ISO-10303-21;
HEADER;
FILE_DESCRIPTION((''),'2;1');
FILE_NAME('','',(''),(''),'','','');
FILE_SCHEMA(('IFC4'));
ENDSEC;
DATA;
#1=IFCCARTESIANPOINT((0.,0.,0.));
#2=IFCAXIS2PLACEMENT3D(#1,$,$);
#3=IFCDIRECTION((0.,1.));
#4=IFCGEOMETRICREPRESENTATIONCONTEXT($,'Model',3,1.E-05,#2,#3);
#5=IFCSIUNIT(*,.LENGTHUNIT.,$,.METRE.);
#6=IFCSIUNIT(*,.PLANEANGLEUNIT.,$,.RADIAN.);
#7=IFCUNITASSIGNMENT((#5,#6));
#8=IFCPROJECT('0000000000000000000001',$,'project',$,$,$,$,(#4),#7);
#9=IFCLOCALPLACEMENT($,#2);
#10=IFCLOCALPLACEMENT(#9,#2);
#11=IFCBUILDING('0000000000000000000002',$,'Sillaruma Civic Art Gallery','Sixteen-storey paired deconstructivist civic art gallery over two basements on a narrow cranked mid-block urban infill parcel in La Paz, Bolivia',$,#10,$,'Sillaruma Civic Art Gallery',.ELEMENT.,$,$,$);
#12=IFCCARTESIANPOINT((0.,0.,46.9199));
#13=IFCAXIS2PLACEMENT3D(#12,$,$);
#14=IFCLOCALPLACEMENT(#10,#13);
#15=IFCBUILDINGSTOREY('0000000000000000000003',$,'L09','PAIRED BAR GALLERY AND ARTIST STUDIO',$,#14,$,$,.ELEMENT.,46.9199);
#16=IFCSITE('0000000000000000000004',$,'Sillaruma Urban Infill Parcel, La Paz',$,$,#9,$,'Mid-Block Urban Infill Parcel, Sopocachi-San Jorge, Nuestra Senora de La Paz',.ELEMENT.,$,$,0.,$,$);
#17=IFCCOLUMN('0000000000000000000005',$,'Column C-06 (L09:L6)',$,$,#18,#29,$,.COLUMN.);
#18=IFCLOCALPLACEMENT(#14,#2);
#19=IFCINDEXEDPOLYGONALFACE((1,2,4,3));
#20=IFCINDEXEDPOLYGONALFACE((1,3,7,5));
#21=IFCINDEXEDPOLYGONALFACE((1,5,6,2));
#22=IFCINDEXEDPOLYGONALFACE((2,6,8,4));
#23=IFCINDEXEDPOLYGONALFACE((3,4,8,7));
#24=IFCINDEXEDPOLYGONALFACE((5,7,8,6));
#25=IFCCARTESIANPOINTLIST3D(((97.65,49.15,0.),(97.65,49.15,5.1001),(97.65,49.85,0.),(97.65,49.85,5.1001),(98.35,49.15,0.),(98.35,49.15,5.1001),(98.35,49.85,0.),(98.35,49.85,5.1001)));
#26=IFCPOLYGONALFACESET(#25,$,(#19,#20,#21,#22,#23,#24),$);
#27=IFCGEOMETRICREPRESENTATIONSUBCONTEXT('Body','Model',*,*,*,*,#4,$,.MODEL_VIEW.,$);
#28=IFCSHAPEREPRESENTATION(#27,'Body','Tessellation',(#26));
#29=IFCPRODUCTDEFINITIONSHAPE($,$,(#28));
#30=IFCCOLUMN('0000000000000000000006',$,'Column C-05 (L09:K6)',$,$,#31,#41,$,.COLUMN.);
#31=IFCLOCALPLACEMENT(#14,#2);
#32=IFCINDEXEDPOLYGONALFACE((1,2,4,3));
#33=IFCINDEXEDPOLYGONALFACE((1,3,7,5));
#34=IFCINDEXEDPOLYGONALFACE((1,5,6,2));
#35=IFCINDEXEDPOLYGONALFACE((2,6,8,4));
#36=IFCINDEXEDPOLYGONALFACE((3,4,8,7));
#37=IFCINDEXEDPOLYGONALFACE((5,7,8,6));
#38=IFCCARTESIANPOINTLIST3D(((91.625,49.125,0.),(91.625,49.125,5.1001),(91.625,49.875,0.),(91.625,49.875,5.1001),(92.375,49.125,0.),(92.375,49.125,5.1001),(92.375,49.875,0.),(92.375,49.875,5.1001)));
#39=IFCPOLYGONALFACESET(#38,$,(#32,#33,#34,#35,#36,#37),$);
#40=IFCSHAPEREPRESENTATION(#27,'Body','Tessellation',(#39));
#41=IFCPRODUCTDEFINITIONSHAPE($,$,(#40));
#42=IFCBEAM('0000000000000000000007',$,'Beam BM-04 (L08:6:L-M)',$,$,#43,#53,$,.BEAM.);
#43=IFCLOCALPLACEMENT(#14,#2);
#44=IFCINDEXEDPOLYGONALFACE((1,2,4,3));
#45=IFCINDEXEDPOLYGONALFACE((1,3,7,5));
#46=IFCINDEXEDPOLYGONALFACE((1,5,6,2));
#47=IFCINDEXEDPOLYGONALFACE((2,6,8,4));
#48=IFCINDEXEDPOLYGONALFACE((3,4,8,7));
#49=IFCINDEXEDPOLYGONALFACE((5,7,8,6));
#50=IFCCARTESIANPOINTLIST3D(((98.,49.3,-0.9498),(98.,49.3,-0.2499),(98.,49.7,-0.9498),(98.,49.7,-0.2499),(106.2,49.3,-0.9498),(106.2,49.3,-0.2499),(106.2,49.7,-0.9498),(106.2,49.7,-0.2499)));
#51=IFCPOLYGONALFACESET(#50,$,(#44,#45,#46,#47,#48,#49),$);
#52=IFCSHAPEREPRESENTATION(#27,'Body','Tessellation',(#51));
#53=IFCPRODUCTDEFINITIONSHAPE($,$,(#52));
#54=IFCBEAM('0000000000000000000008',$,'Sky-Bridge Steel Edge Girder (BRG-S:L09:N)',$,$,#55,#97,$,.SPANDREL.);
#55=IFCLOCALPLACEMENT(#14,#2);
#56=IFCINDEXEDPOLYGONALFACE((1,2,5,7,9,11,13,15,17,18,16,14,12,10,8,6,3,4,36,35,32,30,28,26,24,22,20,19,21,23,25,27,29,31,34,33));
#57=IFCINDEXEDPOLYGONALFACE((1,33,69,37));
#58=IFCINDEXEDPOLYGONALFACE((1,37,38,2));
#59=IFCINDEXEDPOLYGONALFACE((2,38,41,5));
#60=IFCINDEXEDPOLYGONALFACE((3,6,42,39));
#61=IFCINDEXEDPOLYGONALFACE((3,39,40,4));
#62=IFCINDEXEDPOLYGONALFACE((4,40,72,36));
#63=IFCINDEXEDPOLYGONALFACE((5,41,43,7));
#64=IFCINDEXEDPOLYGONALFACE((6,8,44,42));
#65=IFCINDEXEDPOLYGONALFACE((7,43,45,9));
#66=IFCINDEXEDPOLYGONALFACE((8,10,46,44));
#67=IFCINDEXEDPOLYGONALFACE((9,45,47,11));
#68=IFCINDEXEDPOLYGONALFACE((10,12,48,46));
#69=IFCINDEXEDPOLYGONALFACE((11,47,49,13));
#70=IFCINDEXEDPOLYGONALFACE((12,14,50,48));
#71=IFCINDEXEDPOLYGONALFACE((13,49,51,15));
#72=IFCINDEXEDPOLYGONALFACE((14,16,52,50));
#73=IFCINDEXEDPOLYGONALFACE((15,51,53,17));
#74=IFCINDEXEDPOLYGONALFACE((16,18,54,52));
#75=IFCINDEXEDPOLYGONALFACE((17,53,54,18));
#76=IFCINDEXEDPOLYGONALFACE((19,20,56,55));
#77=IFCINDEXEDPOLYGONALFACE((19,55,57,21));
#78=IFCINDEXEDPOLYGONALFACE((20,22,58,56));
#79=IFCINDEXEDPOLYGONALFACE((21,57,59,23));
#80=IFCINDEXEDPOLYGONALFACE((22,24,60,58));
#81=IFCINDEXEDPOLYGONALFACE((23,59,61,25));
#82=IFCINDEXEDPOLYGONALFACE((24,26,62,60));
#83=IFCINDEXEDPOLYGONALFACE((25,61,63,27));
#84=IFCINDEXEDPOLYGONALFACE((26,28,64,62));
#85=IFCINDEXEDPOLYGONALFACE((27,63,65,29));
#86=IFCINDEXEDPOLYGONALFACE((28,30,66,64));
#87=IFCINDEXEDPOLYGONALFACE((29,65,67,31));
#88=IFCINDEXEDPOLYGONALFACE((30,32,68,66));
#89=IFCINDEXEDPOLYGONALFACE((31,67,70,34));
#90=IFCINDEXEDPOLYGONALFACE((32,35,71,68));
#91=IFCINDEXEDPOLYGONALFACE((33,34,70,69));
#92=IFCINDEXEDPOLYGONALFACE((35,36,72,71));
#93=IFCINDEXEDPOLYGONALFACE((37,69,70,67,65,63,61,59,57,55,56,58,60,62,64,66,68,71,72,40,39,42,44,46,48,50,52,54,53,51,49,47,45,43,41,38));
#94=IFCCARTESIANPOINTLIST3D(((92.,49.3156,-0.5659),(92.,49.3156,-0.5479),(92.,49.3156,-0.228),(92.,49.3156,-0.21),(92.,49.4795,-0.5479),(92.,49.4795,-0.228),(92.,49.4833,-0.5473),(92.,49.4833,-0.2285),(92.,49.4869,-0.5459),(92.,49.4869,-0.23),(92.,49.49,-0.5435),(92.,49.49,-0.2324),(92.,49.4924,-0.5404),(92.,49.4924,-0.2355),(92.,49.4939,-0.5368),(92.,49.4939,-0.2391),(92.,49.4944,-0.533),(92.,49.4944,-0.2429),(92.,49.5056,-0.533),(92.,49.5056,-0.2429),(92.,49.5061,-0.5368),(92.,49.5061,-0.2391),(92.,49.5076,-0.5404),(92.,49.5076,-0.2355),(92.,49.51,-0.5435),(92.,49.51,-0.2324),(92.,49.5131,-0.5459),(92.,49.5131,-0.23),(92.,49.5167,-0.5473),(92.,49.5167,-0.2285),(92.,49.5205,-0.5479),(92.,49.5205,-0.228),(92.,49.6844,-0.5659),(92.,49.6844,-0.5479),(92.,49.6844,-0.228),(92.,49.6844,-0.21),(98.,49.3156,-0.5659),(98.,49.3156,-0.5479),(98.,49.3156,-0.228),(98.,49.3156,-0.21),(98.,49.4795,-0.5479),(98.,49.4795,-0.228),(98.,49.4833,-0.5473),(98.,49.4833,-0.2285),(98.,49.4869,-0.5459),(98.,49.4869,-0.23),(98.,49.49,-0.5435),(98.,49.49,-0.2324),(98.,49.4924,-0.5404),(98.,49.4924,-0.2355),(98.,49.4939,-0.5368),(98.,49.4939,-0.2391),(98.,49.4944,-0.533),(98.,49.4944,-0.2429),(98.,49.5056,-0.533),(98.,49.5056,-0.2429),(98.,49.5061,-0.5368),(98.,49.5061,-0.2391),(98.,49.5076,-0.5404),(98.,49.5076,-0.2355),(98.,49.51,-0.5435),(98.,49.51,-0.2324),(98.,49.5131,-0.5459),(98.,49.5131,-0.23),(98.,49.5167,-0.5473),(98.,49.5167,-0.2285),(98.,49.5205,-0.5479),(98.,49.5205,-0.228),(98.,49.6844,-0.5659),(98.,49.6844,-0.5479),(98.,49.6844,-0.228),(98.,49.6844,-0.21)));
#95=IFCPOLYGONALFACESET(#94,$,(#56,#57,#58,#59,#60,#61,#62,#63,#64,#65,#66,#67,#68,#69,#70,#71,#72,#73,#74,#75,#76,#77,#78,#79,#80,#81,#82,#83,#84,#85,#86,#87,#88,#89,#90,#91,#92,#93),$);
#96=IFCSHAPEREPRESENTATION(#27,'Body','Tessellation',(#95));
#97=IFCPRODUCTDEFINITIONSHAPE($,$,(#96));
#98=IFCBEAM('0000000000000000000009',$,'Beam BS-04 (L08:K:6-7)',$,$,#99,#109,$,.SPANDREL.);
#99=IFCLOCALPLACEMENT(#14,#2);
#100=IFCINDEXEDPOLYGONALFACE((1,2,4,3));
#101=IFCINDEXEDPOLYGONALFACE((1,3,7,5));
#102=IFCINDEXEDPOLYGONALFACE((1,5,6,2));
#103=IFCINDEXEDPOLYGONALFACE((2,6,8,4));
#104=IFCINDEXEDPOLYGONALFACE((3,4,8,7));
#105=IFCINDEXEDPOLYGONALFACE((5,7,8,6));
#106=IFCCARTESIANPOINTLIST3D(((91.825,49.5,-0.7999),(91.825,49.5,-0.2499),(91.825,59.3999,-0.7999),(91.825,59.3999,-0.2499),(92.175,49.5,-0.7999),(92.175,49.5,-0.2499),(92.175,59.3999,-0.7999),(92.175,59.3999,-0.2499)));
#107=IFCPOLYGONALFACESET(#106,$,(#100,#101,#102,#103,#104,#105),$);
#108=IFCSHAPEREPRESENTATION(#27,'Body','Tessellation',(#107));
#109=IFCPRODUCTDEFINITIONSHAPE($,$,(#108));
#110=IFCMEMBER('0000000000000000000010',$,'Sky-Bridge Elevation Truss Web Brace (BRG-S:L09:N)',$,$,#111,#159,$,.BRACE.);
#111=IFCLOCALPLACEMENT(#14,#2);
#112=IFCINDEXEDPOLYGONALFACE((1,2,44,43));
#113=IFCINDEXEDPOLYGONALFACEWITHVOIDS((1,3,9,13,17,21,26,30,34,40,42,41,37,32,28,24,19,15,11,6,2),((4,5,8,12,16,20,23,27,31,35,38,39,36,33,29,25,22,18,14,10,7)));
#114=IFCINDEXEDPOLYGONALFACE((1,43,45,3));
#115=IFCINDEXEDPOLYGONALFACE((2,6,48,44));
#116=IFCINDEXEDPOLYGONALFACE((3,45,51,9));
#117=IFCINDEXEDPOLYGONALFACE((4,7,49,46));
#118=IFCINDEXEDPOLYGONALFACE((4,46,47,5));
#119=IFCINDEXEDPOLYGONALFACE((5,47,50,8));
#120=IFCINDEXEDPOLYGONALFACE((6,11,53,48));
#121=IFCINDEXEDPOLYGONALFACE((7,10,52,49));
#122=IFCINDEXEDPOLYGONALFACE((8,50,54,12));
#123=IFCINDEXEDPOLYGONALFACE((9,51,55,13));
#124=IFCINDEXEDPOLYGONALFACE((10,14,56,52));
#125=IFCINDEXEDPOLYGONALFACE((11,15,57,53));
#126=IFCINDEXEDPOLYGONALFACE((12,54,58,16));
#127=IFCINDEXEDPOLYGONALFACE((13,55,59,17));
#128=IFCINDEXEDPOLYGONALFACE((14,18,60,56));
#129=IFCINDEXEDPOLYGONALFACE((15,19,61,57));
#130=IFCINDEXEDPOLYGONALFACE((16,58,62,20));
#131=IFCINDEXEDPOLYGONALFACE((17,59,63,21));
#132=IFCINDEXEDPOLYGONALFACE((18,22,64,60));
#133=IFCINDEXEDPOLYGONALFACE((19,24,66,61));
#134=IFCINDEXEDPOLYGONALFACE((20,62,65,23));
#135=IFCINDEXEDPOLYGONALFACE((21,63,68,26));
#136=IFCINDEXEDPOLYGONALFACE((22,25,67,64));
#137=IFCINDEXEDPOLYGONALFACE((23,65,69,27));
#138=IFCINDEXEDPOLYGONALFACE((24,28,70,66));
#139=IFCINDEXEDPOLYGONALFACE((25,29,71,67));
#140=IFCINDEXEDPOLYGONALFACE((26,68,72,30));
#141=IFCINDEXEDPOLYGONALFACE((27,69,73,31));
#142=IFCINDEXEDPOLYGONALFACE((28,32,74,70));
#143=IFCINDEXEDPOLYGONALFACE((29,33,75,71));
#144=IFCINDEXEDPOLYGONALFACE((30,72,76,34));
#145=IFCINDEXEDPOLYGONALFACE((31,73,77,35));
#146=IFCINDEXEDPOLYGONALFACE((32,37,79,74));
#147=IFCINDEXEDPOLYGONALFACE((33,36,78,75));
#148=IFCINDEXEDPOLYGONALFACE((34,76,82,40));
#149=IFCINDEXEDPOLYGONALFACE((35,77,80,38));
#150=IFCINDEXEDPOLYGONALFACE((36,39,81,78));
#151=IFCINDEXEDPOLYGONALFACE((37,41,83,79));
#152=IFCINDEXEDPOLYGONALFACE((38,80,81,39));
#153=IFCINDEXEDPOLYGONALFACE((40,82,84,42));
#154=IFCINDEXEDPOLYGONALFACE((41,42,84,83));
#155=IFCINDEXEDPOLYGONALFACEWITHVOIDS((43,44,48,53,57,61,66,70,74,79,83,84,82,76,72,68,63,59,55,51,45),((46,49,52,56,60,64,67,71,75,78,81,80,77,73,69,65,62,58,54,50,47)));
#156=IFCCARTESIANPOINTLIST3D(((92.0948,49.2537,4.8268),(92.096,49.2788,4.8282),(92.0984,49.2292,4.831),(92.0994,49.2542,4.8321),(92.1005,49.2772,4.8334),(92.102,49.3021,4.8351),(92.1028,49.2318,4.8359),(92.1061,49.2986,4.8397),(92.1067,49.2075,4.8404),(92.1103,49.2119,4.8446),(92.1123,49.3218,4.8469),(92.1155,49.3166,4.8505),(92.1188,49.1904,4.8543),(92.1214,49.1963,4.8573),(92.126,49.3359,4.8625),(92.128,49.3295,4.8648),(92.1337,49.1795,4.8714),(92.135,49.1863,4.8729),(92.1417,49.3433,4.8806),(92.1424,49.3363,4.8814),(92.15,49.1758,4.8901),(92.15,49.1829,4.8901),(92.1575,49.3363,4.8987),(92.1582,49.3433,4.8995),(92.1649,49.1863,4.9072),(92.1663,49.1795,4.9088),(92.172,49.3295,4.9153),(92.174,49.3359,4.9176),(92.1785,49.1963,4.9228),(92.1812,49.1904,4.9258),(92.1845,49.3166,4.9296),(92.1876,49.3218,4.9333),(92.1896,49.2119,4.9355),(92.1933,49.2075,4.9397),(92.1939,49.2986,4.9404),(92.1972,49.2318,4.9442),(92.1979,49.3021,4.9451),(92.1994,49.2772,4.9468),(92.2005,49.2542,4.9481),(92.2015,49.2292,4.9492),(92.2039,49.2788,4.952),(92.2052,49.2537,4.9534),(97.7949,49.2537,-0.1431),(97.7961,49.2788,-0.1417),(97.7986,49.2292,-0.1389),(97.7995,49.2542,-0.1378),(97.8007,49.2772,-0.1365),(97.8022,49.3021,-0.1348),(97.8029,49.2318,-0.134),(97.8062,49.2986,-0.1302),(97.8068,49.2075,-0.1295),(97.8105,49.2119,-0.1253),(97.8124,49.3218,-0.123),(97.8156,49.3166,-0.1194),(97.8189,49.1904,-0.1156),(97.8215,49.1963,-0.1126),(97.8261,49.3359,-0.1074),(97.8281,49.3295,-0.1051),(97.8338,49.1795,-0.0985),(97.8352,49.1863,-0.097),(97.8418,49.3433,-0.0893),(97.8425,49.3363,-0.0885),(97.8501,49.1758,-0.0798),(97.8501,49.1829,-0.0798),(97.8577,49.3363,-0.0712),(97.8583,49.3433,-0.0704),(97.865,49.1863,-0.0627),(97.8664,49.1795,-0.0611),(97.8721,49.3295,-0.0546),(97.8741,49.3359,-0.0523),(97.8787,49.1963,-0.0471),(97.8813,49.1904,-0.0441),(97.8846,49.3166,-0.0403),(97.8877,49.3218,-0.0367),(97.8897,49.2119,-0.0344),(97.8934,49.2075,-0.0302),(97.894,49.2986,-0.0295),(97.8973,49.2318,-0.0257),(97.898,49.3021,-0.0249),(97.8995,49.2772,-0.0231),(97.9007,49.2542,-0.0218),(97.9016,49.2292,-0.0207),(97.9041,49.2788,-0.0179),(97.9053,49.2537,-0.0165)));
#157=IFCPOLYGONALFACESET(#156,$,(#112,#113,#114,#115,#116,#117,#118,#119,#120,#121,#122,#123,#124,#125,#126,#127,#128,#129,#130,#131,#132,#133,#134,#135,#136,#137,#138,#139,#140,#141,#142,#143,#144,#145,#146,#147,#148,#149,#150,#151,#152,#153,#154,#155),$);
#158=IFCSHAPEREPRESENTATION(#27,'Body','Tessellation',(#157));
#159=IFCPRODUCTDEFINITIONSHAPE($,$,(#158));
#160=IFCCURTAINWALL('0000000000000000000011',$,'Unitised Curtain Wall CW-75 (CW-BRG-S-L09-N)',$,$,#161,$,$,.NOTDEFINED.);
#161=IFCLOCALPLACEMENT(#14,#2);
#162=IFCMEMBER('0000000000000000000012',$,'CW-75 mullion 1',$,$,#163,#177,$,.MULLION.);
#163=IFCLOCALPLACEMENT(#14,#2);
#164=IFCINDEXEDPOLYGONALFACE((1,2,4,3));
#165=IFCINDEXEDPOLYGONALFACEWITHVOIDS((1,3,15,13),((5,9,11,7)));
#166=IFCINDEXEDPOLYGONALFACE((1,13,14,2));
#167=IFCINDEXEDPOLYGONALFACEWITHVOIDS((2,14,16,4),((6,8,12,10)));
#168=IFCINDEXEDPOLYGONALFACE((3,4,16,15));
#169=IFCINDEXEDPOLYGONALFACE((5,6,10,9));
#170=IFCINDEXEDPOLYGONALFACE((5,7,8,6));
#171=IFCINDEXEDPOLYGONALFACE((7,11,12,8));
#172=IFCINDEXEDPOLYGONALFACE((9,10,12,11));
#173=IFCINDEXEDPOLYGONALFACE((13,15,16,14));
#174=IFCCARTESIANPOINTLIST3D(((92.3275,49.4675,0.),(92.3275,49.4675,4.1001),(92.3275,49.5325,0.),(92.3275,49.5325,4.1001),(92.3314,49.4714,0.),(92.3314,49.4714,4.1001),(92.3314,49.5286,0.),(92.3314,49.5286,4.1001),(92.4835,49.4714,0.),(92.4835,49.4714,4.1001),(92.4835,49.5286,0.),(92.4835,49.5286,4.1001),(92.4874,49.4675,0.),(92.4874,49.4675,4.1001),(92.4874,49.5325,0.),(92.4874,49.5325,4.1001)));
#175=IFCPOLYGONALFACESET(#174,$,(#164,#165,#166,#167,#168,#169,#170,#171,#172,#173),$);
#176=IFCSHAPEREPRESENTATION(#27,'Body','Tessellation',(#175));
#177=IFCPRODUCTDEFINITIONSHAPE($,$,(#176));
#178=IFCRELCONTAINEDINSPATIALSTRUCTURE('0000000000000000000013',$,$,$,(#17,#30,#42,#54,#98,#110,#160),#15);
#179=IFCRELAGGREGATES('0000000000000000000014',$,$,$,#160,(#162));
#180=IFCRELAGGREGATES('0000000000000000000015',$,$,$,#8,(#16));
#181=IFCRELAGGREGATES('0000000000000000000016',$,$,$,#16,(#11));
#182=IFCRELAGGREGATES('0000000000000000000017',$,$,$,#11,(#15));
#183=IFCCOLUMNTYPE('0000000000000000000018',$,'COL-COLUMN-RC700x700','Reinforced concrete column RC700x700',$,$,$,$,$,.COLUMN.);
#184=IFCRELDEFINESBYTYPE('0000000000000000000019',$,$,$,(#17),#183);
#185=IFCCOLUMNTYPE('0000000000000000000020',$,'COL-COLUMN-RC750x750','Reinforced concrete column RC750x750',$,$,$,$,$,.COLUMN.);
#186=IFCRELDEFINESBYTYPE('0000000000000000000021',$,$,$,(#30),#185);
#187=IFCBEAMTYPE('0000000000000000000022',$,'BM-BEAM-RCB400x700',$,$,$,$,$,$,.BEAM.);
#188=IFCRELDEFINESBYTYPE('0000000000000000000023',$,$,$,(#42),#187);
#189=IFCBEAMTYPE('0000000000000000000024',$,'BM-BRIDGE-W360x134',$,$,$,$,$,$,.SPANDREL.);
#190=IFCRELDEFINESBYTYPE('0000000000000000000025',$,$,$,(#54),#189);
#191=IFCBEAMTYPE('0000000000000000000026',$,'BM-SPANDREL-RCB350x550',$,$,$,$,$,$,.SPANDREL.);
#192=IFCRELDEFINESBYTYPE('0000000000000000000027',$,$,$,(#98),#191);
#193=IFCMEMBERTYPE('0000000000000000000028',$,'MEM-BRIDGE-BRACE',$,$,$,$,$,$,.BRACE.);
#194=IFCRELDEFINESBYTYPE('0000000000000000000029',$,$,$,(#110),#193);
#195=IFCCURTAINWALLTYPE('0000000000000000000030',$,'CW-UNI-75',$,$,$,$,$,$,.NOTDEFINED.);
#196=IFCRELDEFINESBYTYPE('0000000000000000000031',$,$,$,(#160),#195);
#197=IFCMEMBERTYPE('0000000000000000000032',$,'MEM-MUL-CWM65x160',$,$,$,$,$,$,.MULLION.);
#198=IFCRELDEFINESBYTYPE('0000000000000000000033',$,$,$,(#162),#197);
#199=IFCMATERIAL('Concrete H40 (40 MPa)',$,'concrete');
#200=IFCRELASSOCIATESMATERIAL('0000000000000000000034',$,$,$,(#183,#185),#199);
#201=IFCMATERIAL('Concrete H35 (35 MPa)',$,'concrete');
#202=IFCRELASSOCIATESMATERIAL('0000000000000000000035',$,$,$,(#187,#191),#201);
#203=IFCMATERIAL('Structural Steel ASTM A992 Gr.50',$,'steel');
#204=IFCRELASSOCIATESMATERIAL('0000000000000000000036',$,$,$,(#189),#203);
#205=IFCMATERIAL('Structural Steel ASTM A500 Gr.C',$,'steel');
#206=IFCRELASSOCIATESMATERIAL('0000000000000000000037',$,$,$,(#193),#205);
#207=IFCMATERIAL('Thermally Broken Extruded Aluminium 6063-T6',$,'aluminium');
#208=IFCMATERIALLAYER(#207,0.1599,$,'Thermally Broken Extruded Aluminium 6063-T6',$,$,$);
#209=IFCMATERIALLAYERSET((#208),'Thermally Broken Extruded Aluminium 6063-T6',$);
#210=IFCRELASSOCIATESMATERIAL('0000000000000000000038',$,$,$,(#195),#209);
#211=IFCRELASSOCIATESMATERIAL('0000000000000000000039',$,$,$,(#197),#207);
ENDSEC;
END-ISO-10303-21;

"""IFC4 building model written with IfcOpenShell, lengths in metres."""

from ifc_helpers import new_model, si_unit, direction, frame, origin, origin_2d, place, context, subcontext, project, spatial, rectangle, hollow_rectangle, hollow_circle, i_section, extrude, material, layer, layer_set, material_profile, profile_set, type_object, element, aggregate, save


model = new_model("IFC4")

# Units and contexts
model_context = context("Model", 3, precision=1e-05, world=origin(), true_north=direction((0.0, 1.0)))
body_context = subcontext(model_context, "Body", "Model", "MODEL_VIEW")
ifc_project = project(units=[si_unit("LENGTHUNIT", "METRE"), si_unit("PLANEANGLEUNIT", "RADIAN")], contexts=[model_context])

# Site, building, storey
site_placement = place(None, origin())
site = spatial("IfcSite", under=ifc_project, at=site_placement, Name="Sillaruma Urban Infill Parcel, La Paz", LongName="Mid-Block Urban Infill Parcel, Sopocachi-San Jorge, Nuestra Senora de La Paz", CompositionType="ELEMENT", RefElevation=0.0)
building_placement = place(site_placement, origin())
building = spatial("IfcBuilding", under=site, at=building_placement, Name="Sillaruma Civic Art Gallery", Description="Sixteen-storey paired deconstructivist civic art gallery over two basements on a narrow cranked mid-block urban infill parcel in La Paz, Bolivia", LongName="Sillaruma Civic Art Gallery", CompositionType="ELEMENT")
storey_placement = place(building_placement, frame((0.0, 0.0, 46.9199)))
storey = spatial("IfcBuildingStorey", under=building, at=storey_placement, Name="L09", Description="PAIRED BAR GALLERY AND ARTIST STUDIO", CompositionType="ELEMENT", Elevation=46.9199)

# Columns
ifc_material_1 = material(Name="Concrete H40 (40 MPa)", Category="concrete")
ifc_material_profile_1 = material_profile(ifc_material_1, rectangle(XDim=0.7, YDim=0.7, at=origin_2d()), Name="RC700x700")
ifc_profile_set_1 = profile_set([ifc_material_profile_1], Name="Concrete H40 (40 MPa)")
column_type_1 = type_object("IfcColumnType", Name="COL-COLUMN-RC700x700", Description="Reinforced concrete column RC700x700", PredefinedType="COLUMN", material=ifc_profile_set_1)
column_1_placement = place(storey_placement, frame((98.0, 49.5, 0.0), z_axis=(0.0, 0.0, 1.0), x_axis=(1.0, 0.0, 0.0)))
element("IfcColumn", 1, at=column_1_placement, inside=storey, type_object=column_type_1, Name="Column C-06 (L09:L6)", PredefinedType="COLUMN", context=body_context, shape_type="SweptSolid", body=[
    extrude(rectangle(XDim=0.7, YDim=0.7, at=origin_2d()), origin(), (0.0, 0.0, 1.0), 5.1001),
])
ifc_material_profile_2 = material_profile(ifc_material_1, rectangle(XDim=0.75, YDim=0.75, at=origin_2d()), Name="RC750x750")
ifc_profile_set_2 = profile_set([ifc_material_profile_2], Name="Concrete H40 (40 MPa)")
column_type_2 = type_object("IfcColumnType", Name="COL-COLUMN-RC750x750", Description="Reinforced concrete column RC750x750", PredefinedType="COLUMN", material=ifc_profile_set_2)
column_2_placement = place(storey_placement, frame((92.0, 49.5, 0.0), z_axis=(0.0, 0.0, 1.0), x_axis=(1.0, 0.0, 0.0)))
element("IfcColumn", 2, at=column_2_placement, inside=storey, type_object=column_type_2, Name="Column C-05 (L09:K6)", PredefinedType="COLUMN", context=body_context, shape_type="SweptSolid", body=[
    extrude(rectangle(XDim=0.75, YDim=0.75, at=origin_2d()), origin(), (0.0, 0.0, 1.0), 5.1001),
])

# Beams
ifc_material_2 = material(Name="Concrete H35 (35 MPa)", Category="concrete")
ifc_material_profile_3 = material_profile(ifc_material_2, rectangle(XDim=0.3999, YDim=0.7, at=origin_2d()), Name="RCB400x700")
ifc_profile_set_3 = profile_set([ifc_material_profile_3], Name="Concrete H35 (35 MPa)")
beam_type_1 = type_object("IfcBeamType", Name="BM-BEAM-RCB400x700", PredefinedType="BEAM", material=ifc_profile_set_3)
beam_1_placement = place(storey_placement, frame((98.0, 49.5, -0.5999), z_axis=(1.0, 0.0, 0.0), x_axis=(0.0, 1.0, 0.0)))
element("IfcBeam", 3, at=beam_1_placement, inside=storey, type_object=beam_type_1, Name="Beam BM-04 (L08:6:L-M)", PredefinedType="BEAM", context=body_context, shape_type="SweptSolid", body=[
    extrude(rectangle(XDim=0.3999, YDim=0.7, at=origin_2d()), origin(), (0.0, 0.0, 1.0), 8.2),
])
ifc_material_3 = material(Name="Structural Steel ASTM A992 Gr.50", Category="steel")
ifc_material_profile_4 = material_profile(ifc_material_3, i_section(OverallWidth=0.3689, OverallDepth=0.356, WebThickness=0.0112, FlangeThickness=0.0181, FilletRadius=0.0149, at=origin_2d()), Name="W360x134")
ifc_profile_set_4 = profile_set([ifc_material_profile_4], Name="Structural Steel ASTM A992 Gr.50")
beam_type_2 = type_object("IfcBeamType", Name="BM-BRIDGE-W360x134", PredefinedType="SPANDREL", material=ifc_profile_set_4)
beam_2_placement = place(storey_placement, frame((92.0, 49.5, -0.3879), z_axis=(1.0, 0.0, 0.0), x_axis=(0.0, 1.0, 0.0)))
element("IfcBeam", 4, at=beam_2_placement, inside=storey, type_object=beam_type_2, Name="Sky-Bridge Steel Edge Girder (BRG-S:L09:N)", PredefinedType="SPANDREL", context=body_context, shape_type="SweptSolid", body=[
    extrude(i_section(OverallWidth=0.3689, OverallDepth=0.356, WebThickness=0.0112, FlangeThickness=0.0181, FilletRadius=0.0149, at=origin_2d()), origin(), (0.0, 0.0, 1.0), 6.0),
])
ifc_material_profile_5 = material_profile(ifc_material_2, rectangle(XDim=0.3501, YDim=0.55, at=origin_2d()), Name="RCB350x550")
ifc_profile_set_5 = profile_set([ifc_material_profile_5], Name="Concrete H35 (35 MPa)")
beam_type_3 = type_object("IfcBeamType", Name="BM-SPANDREL-RCB350x550", PredefinedType="SPANDREL", material=ifc_profile_set_5)
beam_3_placement = place(storey_placement, frame((92.0, 49.5, -0.5249), z_axis=(0.0, 1.0, 0.0), x_axis=(-1.0, 0.0, 0.0)))
element("IfcBeam", 5, at=beam_3_placement, inside=storey, type_object=beam_type_3, Name="Beam BS-04 (L08:K:6-7)", PredefinedType="SPANDREL", context=body_context, shape_type="SweptSolid", body=[
    extrude(rectangle(XDim=0.3501, YDim=0.55, at=origin_2d()), origin(), (0.0, 0.0, 1.0), 9.8999),
])

# Member
ifc_material_4 = material(Name="Structural Steel ASTM A500 Gr.C", Category="steel")
ifc_material_profile_6 = material_profile(ifc_material_4, hollow_circle(Radius=0.0842, WallThickness=0.0071, at=origin_2d()), Name="CHS168.3x7.1")
ifc_profile_set_6 = profile_set([ifc_material_profile_6], Name="Structural Steel ASTM A500 Gr.C")
member_type_1 = type_object("IfcMemberType", Name="MEM-BRIDGE-BRACE", PredefinedType="BRACE", material=ifc_profile_set_6)
member_1_placement = place(storey_placement, frame((97.8501, 49.26, -0.0798), z_axis=(-0.753735, 0.0, 0.657178), x_axis=(0.0, -1.0, 0.0)))
element("IfcMember", 6, at=member_1_placement, inside=storey, type_object=member_type_1, Name="Sky-Bridge Elevation Truss Web Brace (BRG-S:L09:N)", PredefinedType="BRACE", context=body_context, shape_type="SweptSolid", body=[
    extrude(hollow_circle(Radius=0.0842, WallThickness=0.0071, at=origin_2d()), origin(), (0.0, 0.0, 1.0), 7.5625),
])

# Curtain wall, member
ifc_material_5 = material(Name="Thermally Broken Extruded Aluminium 6063-T6", Category="aluminium")
ifc_layer_1 = layer(ifc_material_5, 0.1599, Name="Thermally Broken Extruded Aluminium 6063-T6")
ifc_layer_set_1 = layer_set([ifc_layer_1], Name="Thermally Broken Extruded Aluminium 6063-T6")
curtain_wall_type = type_object("IfcCurtainWallType", Name="CW-UNI-75", PredefinedType="NOTDEFINED", material=ifc_layer_set_1)
curtain_wall_placement = place(storey_placement, origin())
curtain_wall = element("IfcCurtainWall", 7, at=curtain_wall_placement, inside=storey, type_object=curtain_wall_type, Name="Unitised Curtain Wall CW-75 (CW-BRG-S-L09-N)", PredefinedType="NOTDEFINED")
ifc_material_profile_7 = material_profile(ifc_material_5, hollow_rectangle(XDim=0.0649, YDim=0.1599, WallThickness=0.0039, at=origin_2d()), Name="CWM65x160")
ifc_profile_set_7 = profile_set([ifc_material_profile_7], Name="Thermally Broken Extruded Aluminium 6063-T6")
member_type_2 = type_object("IfcMemberType", Name="MEM-MUL-CWM65x160", PredefinedType="MULLION", material=ifc_profile_set_7)
member_2_placement = place(storey_placement, frame((92.4075, 49.5, 0.0), z_axis=(0.0, 0.0, 1.0), x_axis=(0.0, 1.0, 0.0)))
member_2 = element("IfcMember", 8, at=member_2_placement, type_object=member_type_2, Name="CW-75 mullion 1", PredefinedType="MULLION", context=body_context, shape_type="SweptSolid", body=[
    extrude(hollow_rectangle(XDim=0.0649, YDim=0.1599, WallThickness=0.0039, at=origin_2d()), origin(), (0.0, 0.0, 1.0), 4.1001),
])

aggregate(curtain_wall, [member_2])

save(model, "model.ifc")
